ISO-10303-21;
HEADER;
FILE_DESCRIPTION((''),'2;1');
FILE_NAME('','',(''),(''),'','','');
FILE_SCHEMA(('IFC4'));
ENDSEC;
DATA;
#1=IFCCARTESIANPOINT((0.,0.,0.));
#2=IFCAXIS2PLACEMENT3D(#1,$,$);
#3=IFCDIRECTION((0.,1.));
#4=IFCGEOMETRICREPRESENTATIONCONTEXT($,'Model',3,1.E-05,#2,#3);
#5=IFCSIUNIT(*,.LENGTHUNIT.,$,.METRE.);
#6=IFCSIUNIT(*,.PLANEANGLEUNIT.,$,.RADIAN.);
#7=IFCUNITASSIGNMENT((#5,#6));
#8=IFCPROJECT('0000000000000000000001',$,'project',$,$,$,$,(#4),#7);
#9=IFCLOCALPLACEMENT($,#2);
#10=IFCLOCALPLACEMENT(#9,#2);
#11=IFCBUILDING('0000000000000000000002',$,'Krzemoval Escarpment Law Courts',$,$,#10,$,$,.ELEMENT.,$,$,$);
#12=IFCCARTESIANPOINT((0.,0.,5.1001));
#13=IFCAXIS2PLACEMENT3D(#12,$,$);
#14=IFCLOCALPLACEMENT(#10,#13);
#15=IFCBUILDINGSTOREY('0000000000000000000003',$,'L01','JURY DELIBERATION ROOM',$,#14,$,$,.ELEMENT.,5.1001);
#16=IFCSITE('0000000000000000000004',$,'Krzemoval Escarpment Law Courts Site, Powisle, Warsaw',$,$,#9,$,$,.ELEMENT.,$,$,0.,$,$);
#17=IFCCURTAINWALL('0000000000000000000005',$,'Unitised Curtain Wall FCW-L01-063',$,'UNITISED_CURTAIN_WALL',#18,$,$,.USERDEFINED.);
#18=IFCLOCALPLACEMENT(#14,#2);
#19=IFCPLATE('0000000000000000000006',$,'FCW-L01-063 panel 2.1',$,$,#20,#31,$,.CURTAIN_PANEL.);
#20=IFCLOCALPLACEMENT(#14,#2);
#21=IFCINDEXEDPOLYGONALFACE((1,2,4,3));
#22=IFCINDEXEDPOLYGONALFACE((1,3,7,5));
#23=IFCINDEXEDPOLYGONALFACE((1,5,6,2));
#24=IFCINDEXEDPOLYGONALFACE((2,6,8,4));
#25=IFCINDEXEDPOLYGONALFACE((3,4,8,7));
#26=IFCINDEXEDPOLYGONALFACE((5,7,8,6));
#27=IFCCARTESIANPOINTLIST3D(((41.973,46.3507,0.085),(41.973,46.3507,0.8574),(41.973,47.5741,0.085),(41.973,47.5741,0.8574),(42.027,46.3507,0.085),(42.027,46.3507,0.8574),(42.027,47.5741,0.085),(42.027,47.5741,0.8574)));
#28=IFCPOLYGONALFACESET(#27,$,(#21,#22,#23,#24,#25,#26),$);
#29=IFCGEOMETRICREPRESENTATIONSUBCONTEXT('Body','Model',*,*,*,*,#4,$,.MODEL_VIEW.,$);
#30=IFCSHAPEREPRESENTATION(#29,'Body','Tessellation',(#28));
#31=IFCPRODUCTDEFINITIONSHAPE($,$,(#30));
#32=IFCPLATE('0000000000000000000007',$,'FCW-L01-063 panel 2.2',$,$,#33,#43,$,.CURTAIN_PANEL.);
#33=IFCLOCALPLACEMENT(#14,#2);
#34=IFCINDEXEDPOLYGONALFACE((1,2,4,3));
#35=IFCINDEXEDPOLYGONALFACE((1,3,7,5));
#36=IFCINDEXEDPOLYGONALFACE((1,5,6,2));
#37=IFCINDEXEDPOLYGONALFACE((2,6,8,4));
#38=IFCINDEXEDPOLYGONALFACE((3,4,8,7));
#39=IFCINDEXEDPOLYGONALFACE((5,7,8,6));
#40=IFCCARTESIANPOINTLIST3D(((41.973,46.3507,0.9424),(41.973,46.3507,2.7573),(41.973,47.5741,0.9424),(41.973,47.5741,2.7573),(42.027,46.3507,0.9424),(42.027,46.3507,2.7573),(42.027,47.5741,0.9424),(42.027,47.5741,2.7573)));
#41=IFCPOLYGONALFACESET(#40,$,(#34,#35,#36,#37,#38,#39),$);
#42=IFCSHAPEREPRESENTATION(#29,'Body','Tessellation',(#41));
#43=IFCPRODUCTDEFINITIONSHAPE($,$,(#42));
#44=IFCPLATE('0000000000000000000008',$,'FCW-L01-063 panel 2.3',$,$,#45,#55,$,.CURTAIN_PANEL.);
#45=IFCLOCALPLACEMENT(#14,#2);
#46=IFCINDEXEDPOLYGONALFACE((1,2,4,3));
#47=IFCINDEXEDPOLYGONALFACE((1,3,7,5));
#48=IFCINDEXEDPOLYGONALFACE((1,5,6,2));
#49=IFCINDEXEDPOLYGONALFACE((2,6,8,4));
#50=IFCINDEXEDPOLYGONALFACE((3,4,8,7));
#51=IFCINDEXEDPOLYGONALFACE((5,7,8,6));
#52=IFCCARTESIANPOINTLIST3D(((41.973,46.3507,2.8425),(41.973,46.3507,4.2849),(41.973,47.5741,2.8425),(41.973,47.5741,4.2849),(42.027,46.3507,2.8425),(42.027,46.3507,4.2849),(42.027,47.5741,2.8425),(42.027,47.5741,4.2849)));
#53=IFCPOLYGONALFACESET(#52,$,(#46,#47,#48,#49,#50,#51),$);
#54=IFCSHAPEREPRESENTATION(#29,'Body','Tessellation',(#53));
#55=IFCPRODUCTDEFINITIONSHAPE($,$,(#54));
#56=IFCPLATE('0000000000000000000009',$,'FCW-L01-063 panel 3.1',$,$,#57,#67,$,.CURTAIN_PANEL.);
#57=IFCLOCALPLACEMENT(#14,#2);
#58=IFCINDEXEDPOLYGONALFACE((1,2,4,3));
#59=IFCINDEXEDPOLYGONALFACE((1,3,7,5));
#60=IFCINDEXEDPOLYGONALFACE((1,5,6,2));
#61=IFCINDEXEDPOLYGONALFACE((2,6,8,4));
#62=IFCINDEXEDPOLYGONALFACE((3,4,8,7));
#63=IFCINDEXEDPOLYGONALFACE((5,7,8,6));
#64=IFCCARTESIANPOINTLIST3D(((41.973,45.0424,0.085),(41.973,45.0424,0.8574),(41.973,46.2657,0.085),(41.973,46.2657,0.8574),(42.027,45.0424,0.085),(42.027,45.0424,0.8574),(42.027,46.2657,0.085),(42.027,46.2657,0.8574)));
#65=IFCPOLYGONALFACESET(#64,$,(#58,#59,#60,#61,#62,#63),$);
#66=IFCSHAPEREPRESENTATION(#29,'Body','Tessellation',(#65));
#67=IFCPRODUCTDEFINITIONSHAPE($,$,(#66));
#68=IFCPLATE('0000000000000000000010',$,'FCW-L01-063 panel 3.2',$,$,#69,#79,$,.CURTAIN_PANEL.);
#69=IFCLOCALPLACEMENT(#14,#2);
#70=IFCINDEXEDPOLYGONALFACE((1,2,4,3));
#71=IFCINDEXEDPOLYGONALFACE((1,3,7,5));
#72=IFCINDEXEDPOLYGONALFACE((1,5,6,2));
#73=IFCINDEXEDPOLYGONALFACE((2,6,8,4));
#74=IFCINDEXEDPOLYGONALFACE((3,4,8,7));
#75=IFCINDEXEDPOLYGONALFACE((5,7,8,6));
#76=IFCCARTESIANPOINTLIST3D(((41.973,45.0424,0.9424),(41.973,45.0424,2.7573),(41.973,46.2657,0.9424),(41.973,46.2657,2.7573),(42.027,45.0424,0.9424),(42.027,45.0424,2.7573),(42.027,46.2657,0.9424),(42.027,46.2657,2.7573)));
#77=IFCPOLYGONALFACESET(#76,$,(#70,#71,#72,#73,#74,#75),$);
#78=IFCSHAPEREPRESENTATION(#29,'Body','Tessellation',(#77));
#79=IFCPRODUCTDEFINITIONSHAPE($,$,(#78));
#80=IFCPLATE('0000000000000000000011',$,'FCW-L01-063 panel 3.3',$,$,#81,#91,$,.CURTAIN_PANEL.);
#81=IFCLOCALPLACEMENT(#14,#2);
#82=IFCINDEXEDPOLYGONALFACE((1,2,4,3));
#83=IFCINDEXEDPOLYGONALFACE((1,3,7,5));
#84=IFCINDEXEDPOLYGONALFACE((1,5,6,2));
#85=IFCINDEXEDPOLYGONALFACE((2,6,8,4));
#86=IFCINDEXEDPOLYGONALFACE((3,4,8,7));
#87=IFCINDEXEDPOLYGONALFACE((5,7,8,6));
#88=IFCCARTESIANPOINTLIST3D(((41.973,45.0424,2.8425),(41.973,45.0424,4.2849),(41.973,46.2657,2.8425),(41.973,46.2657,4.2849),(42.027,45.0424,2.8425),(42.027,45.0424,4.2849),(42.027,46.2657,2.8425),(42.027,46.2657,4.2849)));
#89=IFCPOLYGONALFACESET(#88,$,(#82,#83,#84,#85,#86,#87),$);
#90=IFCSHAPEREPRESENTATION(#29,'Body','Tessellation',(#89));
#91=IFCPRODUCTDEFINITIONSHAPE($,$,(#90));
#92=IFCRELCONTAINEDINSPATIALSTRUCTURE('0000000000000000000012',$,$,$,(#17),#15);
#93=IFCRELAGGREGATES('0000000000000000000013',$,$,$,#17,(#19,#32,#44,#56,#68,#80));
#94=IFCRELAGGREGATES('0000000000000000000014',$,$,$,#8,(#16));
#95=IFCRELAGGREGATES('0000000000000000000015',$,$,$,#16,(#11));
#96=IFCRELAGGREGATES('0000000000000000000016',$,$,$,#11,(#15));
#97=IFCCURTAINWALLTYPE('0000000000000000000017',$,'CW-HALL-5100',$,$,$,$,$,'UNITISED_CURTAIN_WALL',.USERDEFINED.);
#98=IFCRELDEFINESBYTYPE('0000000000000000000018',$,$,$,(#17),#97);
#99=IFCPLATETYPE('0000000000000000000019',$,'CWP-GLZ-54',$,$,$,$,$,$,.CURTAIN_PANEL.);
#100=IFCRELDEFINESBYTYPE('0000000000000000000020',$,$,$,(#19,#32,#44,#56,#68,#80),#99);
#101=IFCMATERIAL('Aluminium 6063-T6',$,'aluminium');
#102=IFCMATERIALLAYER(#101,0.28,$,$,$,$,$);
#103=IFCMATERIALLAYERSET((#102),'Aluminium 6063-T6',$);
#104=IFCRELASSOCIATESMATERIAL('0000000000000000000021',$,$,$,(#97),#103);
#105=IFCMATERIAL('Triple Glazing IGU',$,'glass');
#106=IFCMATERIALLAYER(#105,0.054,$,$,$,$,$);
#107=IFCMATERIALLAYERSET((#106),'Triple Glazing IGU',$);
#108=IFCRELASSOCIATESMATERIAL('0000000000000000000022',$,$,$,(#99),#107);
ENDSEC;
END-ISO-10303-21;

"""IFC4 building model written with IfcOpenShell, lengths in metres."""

from ifc_helpers import new_model, si_unit, direction, frame, origin, origin_2d, place, context, subcontext, project, spatial, rectangle, extrude, material, layer, layer_set, type_object, element, aggregate, save


model = new_model("IFC4")

# Units and contexts
model_context = context("Model", 3, precision=1e-05, world=origin(), true_north=direction((0.0, 1.0)))
body_context = subcontext(model_context, "Body", "Model", "MODEL_VIEW")
ifc_project = project(units=[si_unit("LENGTHUNIT", "METRE"), si_unit("PLANEANGLEUNIT", "RADIAN")], contexts=[model_context])

# Site, building, storey
site_placement = place(None, origin())
site = spatial("IfcSite", under=ifc_project, at=site_placement, Name="Krzemoval Escarpment Law Courts Site, Powisle, Warsaw", CompositionType="ELEMENT", RefElevation=0.0)
building_placement = place(site_placement, origin())
building = spatial("IfcBuilding", under=site, at=building_placement, Name="Krzemoval Escarpment Law Courts", CompositionType="ELEMENT")
storey_placement = place(building_placement, frame((0.0, 0.0, 5.1001)))
storey = spatial("IfcBuildingStorey", under=building, at=storey_placement, Name="L01", Description="JURY DELIBERATION ROOM", CompositionType="ELEMENT", Elevation=5.1001)

# Curtain wall
ifc_material_1 = material(Name="Aluminium 6063-T6", Category="aluminium")
ifc_layer_1 = layer(ifc_material_1, 0.28)
ifc_layer_set_1 = layer_set([ifc_layer_1], Name="Aluminium 6063-T6")
curtain_wall_type = type_object("IfcCurtainWallType", Name="CW-HALL-5100", ElementType="UNITISED_CURTAIN_WALL", PredefinedType="USERDEFINED", material=ifc_layer_set_1)
curtain_wall_placement = place(storey_placement, origin())
curtain_wall = element("IfcCurtainWall", 1, at=curtain_wall_placement, inside=storey, type_object=curtain_wall_type, Name="Unitised Curtain Wall FCW-L01-063", ObjectType="UNITISED_CURTAIN_WALL", PredefinedType="USERDEFINED")

# Plates
ifc_material_2 = material(Name="Triple Glazing IGU", Category="glass")
ifc_layer_2 = layer(ifc_material_2, 0.054)
ifc_layer_set_2 = layer_set([ifc_layer_2], Name="Triple Glazing IGU")
plate_type = type_object("IfcPlateType", Name="CWP-GLZ-54", PredefinedType="CURTAIN_PANEL", material=ifc_layer_set_2)
plate_1_placement = place(storey_placement, frame((42.0, 46.9624, 0.085), z_axis=(0.0, 0.0, 1.0), x_axis=(0.0, -1.0, 0.0)))
plate_1 = element("IfcPlate", 2, at=plate_1_placement, type_object=plate_type, Name="FCW-L01-063 panel 2.1", PredefinedType="CURTAIN_PANEL", context=body_context, shape_type="SweptSolid", body=[
    extrude(rectangle(XDim=1.2234, YDim=0.054, at=origin_2d()), origin(), (0.0, 0.0, 1.0), 0.7725),
])
plate_2_placement = place(storey_placement, frame((42.0, 46.9624, 0.9424), z_axis=(0.0, 0.0, 1.0), x_axis=(0.0, -1.0, 0.0)))
plate_2 = element("IfcPlate", 3, at=plate_2_placement, type_object=plate_type, Name="FCW-L01-063 panel 2.2", PredefinedType="CURTAIN_PANEL", context=body_context, shape_type="SweptSolid", body=[
    extrude(rectangle(XDim=1.2234, YDim=0.054, at=origin_2d()), origin(), (0.0, 0.0, 1.0), 1.8149),
])
plate_3_placement = place(storey_placement, frame((42.0, 46.9624, 2.8425), z_axis=(0.0, 0.0, 1.0), x_axis=(0.0, -1.0, 0.0)))
plate_3 = element("IfcPlate", 4, at=plate_3_placement, type_object=plate_type, Name="FCW-L01-063 panel 2.3", PredefinedType="CURTAIN_PANEL", context=body_context, shape_type="SweptSolid", body=[
    extrude(rectangle(XDim=1.2234, YDim=0.054, at=origin_2d()), origin(), (0.0, 0.0, 1.0), 1.4424),
])
plate_4_placement = place(storey_placement, frame((42.0, 45.6541, 0.085), z_axis=(0.0, 0.0, 1.0), x_axis=(0.0, -1.0, 0.0)))
plate_4 = element("IfcPlate", 5, at=plate_4_placement, type_object=plate_type, Name="FCW-L01-063 panel 3.1", PredefinedType="CURTAIN_PANEL", context=body_context, shape_type="SweptSolid", body=[
    extrude(rectangle(XDim=1.2234, YDim=0.054, at=origin_2d()), origin(), (0.0, 0.0, 1.0), 0.7725),
])
plate_5_placement = place(storey_placement, frame((42.0, 45.6541, 0.9424), z_axis=(0.0, 0.0, 1.0), x_axis=(0.0, -1.0, 0.0)))
plate_5 = element("IfcPlate", 6, at=plate_5_placement, type_object=plate_type, Name="FCW-L01-063 panel 3.2", PredefinedType="CURTAIN_PANEL", context=body_context, shape_type="SweptSolid", body=[
    extrude(rectangle(XDim=1.2234, YDim=0.054, at=origin_2d()), origin(), (0.0, 0.0, 1.0), 1.8149),
])
plate_6_placement = place(storey_placement, frame((42.0, 45.6541, 2.8425), z_axis=(0.0, 0.0, 1.0), x_axis=(0.0, -1.0, 0.0)))
plate_6 = element("IfcPlate", 7, at=plate_6_placement, type_object=plate_type, Name="FCW-L01-063 panel 3.3", PredefinedType="CURTAIN_PANEL", context=body_context, shape_type="SweptSolid", body=[
    extrude(rectangle(XDim=1.2234, YDim=0.054, at=origin_2d()), origin(), (0.0, 0.0, 1.0), 1.4424),
])
aggregate(curtain_wall, [plate_1, plate_2, plate_3, plate_4, plate_5, plate_6])

save(model, "model.ifc")
